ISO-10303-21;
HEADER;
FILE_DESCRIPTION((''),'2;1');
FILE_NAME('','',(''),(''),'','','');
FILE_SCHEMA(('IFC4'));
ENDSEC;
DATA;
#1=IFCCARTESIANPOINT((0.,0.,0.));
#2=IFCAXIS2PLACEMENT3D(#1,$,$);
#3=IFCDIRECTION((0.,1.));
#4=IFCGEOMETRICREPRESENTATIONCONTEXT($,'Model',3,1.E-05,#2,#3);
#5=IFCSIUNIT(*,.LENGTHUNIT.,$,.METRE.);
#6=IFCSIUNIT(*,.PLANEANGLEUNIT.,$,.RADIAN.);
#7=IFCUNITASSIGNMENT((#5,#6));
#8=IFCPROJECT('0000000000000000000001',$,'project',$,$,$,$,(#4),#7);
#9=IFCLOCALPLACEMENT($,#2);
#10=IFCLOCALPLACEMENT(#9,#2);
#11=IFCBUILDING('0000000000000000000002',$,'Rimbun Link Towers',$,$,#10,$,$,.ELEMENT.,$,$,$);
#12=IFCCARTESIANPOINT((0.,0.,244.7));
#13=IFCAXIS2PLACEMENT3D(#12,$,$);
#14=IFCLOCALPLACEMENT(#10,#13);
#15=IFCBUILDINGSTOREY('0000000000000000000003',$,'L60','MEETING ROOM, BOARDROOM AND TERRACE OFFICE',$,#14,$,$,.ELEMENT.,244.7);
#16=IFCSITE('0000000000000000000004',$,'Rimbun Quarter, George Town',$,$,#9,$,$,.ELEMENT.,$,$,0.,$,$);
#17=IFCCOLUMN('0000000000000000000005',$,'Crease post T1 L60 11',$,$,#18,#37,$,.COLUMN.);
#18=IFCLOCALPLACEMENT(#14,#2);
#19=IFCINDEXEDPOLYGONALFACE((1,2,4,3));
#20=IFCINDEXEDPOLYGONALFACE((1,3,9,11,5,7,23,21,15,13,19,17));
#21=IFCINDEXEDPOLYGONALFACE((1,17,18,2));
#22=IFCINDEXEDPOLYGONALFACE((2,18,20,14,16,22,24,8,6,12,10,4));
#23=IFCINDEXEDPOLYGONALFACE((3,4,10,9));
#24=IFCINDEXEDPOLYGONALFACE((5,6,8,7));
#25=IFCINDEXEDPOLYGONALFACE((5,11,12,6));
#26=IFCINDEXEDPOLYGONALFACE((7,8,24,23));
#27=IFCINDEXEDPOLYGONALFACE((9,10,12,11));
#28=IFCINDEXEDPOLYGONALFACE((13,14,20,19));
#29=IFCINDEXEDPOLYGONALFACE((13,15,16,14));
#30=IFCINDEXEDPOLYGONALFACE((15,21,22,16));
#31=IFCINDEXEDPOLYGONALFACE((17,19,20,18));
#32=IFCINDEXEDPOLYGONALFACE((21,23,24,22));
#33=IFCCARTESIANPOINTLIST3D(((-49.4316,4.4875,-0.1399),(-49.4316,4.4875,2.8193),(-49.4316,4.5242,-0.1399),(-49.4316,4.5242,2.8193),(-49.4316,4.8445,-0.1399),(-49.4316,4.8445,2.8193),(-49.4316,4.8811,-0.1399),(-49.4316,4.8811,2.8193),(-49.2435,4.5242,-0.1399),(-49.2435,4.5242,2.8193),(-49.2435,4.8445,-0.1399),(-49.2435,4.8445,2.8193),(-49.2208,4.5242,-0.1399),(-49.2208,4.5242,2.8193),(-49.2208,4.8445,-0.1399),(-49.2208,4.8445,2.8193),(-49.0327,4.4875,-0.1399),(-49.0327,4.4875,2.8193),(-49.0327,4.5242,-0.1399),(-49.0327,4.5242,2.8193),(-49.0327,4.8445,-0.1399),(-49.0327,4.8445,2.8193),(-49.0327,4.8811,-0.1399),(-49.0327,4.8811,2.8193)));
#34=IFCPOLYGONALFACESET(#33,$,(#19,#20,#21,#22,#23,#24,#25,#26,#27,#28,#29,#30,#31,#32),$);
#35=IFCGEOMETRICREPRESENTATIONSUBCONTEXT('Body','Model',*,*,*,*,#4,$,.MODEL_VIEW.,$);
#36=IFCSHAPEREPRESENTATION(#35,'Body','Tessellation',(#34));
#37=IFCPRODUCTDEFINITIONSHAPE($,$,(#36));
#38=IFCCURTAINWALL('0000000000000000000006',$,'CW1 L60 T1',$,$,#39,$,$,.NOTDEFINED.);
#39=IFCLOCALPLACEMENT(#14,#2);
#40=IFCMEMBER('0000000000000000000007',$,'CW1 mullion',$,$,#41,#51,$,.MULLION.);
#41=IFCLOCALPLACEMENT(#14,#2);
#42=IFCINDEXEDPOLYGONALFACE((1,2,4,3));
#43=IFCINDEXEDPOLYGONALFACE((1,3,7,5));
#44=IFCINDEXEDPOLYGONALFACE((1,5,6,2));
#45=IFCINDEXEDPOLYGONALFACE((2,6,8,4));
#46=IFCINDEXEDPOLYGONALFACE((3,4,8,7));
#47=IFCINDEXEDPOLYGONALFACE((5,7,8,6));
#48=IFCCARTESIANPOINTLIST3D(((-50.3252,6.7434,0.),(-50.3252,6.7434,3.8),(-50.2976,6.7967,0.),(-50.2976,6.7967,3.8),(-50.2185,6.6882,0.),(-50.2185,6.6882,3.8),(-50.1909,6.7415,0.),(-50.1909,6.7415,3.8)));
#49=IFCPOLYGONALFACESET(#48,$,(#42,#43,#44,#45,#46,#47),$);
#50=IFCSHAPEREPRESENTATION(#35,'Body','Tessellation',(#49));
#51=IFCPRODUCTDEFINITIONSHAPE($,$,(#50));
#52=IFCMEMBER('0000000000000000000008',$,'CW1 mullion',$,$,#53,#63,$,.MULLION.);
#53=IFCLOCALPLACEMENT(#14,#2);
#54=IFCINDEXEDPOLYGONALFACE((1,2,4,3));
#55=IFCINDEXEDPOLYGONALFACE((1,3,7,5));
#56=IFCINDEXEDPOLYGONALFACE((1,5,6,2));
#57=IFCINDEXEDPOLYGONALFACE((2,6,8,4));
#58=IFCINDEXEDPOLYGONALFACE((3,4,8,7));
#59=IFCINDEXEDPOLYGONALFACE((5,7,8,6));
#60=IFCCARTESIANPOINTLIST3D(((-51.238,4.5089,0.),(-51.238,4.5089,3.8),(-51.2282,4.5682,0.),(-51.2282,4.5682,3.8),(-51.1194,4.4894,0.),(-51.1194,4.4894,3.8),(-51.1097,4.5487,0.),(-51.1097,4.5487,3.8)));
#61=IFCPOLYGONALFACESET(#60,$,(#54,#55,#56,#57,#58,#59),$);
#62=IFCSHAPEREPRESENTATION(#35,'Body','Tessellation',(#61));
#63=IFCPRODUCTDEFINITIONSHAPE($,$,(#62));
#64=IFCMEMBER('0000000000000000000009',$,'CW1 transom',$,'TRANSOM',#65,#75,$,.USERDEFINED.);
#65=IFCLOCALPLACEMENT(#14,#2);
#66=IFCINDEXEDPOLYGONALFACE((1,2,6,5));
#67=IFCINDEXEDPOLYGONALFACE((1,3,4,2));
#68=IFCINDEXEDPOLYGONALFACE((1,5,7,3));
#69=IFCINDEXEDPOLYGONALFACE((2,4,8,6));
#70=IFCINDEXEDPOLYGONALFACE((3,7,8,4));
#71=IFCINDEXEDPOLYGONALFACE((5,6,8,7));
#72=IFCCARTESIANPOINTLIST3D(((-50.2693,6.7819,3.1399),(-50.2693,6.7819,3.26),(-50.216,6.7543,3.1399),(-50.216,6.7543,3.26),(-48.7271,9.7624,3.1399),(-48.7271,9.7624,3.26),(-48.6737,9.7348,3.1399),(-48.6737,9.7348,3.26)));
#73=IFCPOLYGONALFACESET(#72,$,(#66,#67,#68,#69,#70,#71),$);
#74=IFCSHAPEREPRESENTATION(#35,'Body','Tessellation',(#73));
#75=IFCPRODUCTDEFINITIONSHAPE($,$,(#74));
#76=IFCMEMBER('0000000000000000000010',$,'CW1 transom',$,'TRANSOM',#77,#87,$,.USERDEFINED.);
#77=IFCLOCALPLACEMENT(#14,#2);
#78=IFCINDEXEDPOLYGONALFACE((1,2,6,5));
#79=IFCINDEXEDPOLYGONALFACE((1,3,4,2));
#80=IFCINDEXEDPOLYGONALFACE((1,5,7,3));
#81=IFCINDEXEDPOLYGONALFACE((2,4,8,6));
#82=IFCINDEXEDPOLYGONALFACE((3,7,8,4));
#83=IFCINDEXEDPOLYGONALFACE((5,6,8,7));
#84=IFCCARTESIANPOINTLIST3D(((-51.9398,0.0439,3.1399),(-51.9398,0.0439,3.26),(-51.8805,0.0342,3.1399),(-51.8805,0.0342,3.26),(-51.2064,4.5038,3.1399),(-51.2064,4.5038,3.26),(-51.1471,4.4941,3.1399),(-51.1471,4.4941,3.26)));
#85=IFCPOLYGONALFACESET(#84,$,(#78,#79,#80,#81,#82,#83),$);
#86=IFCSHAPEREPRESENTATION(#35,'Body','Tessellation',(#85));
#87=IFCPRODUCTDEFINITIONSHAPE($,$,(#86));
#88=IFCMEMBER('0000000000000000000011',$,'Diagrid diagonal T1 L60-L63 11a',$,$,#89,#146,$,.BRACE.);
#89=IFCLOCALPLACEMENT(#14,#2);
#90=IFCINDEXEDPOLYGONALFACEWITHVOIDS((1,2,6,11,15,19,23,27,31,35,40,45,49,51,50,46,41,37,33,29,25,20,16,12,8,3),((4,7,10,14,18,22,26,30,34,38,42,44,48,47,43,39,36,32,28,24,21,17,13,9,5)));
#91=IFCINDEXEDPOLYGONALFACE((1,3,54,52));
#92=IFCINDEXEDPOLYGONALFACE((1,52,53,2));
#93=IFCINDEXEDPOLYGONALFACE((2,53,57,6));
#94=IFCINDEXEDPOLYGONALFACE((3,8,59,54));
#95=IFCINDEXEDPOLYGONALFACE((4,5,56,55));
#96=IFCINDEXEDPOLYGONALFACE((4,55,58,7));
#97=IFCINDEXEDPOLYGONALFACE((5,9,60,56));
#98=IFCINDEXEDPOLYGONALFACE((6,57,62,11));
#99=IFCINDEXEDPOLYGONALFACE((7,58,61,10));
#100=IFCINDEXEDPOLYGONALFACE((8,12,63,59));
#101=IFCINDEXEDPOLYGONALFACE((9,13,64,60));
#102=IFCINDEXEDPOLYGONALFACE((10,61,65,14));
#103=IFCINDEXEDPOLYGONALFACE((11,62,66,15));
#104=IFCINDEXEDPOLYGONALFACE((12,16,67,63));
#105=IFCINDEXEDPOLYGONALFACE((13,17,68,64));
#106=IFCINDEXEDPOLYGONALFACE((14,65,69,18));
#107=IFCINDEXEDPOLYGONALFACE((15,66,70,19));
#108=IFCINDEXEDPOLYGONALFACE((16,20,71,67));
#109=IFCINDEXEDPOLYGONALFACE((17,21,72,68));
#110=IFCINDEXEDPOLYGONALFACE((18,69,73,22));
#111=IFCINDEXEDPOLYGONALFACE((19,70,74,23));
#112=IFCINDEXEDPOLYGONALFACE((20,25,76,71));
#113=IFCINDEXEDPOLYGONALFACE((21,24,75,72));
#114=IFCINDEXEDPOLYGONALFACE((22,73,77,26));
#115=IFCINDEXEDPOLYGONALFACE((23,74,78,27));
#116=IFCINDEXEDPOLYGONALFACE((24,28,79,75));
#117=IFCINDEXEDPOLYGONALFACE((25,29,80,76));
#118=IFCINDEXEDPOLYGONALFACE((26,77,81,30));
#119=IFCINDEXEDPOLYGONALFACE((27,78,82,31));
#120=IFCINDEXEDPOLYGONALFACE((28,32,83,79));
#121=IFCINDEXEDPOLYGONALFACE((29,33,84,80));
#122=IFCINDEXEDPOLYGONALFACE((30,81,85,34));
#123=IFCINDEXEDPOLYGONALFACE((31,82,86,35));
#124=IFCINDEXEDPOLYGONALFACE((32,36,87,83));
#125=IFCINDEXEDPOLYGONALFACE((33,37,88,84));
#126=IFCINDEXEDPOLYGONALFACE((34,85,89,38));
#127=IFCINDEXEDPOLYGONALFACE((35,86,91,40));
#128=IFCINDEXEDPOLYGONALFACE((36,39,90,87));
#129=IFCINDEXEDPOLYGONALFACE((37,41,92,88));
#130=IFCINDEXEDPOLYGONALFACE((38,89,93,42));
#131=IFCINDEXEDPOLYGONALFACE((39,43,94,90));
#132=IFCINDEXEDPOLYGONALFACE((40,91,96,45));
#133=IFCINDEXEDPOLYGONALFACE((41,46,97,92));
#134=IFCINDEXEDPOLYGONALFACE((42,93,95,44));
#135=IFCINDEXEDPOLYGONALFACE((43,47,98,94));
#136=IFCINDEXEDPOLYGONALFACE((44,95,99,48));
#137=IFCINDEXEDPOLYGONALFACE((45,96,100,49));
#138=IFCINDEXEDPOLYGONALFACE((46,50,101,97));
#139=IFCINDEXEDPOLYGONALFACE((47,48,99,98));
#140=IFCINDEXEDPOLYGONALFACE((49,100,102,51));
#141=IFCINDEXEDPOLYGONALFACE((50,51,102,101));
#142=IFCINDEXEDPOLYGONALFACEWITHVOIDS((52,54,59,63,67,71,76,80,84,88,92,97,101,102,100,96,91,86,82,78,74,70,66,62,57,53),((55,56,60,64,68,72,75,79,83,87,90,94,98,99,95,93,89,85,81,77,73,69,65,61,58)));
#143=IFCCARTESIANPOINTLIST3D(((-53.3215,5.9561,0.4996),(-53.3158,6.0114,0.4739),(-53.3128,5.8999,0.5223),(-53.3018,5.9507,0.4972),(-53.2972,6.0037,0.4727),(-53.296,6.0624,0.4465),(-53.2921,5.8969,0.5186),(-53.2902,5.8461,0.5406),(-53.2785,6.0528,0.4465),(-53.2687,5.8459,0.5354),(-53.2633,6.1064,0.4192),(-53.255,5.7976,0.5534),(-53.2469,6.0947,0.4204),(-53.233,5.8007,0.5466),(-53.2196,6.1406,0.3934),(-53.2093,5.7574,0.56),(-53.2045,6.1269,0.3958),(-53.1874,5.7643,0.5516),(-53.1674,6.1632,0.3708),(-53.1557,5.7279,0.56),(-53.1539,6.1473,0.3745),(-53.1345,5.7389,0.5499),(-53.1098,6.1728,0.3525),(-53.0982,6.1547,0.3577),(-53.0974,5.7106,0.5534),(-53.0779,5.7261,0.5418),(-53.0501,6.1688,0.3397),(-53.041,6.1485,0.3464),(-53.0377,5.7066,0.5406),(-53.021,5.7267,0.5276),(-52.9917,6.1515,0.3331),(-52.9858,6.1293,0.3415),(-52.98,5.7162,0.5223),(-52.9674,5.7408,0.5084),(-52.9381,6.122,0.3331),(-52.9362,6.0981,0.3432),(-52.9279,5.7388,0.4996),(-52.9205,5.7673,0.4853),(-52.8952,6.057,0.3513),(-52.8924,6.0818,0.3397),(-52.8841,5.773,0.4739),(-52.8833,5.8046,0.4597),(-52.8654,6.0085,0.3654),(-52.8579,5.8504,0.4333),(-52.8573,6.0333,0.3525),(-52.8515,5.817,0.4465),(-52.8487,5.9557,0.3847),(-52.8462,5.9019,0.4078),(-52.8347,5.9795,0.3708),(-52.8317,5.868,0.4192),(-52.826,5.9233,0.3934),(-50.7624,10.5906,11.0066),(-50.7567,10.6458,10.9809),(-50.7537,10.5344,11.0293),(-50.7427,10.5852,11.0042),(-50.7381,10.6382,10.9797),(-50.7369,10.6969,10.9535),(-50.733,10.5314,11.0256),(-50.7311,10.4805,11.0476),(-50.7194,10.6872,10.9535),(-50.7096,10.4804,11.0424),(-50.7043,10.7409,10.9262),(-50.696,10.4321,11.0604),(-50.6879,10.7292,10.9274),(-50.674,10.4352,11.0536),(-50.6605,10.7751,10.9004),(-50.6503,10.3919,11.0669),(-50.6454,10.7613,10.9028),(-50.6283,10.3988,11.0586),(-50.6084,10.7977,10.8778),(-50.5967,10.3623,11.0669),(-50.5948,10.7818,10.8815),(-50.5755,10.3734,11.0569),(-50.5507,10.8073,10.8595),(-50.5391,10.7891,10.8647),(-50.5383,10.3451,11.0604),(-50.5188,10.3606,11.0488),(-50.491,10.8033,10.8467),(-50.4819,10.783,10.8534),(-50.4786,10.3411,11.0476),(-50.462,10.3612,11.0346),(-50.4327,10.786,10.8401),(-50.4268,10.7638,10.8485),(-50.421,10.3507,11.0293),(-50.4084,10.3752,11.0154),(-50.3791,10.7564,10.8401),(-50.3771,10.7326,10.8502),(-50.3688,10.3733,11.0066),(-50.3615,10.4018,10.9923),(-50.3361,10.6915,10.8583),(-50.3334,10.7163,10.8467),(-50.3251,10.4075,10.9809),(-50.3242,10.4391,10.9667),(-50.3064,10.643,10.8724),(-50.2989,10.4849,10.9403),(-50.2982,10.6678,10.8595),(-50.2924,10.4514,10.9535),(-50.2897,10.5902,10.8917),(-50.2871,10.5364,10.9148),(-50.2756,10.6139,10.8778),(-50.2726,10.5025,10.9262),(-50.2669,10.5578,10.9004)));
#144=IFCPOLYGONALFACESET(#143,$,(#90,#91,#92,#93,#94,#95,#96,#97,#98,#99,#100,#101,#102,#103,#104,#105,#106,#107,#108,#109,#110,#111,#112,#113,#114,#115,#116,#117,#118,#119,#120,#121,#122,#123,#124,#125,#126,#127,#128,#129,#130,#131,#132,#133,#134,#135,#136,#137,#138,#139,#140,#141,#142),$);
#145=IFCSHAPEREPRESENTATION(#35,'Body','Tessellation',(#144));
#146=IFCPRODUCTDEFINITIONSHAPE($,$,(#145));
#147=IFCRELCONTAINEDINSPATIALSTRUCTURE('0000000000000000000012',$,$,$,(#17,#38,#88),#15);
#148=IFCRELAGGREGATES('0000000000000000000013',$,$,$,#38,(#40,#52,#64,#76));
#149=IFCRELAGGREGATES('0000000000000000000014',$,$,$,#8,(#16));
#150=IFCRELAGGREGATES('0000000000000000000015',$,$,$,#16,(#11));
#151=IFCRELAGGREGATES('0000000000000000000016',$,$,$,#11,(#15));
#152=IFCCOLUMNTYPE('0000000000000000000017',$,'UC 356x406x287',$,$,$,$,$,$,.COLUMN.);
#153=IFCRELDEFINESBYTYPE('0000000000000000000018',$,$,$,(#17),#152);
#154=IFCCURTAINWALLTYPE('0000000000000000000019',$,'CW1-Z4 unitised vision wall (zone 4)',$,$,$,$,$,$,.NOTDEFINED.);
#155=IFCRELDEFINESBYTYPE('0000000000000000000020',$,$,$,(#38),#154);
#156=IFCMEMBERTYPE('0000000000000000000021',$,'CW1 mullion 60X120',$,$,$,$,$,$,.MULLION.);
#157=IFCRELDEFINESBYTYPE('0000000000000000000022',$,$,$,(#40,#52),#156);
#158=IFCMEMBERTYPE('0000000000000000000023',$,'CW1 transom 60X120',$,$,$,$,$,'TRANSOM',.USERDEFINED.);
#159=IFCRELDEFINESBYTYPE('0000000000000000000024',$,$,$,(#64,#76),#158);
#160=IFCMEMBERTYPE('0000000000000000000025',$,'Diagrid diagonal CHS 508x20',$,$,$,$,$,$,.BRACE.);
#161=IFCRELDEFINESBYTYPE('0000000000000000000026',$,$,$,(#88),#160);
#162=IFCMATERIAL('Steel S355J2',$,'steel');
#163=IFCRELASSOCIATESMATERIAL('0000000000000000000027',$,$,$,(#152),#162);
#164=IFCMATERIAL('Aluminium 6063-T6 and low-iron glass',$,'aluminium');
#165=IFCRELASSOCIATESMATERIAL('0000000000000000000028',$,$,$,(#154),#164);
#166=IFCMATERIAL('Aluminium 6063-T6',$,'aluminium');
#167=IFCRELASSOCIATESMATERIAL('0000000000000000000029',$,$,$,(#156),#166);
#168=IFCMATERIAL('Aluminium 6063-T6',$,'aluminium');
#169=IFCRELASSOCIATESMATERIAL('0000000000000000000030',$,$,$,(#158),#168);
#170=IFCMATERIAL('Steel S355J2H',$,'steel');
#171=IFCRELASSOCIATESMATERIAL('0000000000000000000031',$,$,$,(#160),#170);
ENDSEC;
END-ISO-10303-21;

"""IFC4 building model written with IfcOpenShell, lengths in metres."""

from ifc_helpers import new_model, si_unit, direction, frame, origin, origin_2d, place, context, subcontext, project, spatial, rectangle, hollow_circle, i_section, extrude, material, material_profile, profile_set, type_object, element, aggregate, save


model = new_model("IFC4")

# Units and contexts
model_context = context("Model", 3, precision=1e-05, world=origin(), true_north=direction((0.0, 1.0)))
body_context = subcontext(model_context, "Body", "Model", "MODEL_VIEW")
ifc_project = project(units=[si_unit("LENGTHUNIT", "METRE"), si_unit("PLANEANGLEUNIT", "RADIAN")], contexts=[model_context])

# Site, building, storey
site_placement = place(None, origin())
site = spatial("IfcSite", under=ifc_project, at=site_placement, Name="Rimbun Quarter, George Town", CompositionType="ELEMENT", RefElevation=0.0)
building_placement = place(site_placement, origin())
building = spatial("IfcBuilding", under=site, at=building_placement, Name="Rimbun Link Towers", CompositionType="ELEMENT")
storey_placement = place(building_placement, frame((0.0, 0.0, 244.7)))
storey = spatial("IfcBuildingStorey", under=building, at=storey_placement, Name="L60", Description="MEETING ROOM, BOARDROOM AND TERRACE OFFICE", CompositionType="ELEMENT", Elevation=244.7)

# Column
ifc_material_1 = material(Name="Steel S355J2", Category="steel")
ifc_material_profile_1 = material_profile(ifc_material_1, i_section(OverallWidth=0.3989, OverallDepth=0.3936, WebThickness=0.0227, FlangeThickness=0.0366, at=origin_2d()), Name="UC 356x406x287")
ifc_profile_set_1 = profile_set([ifc_material_profile_1], Name="Steel S355J2")
column_type = type_object("IfcColumnType", Name="UC 356x406x287", PredefinedType="COLUMN", material=ifc_profile_set_1)
column_placement = place(storey_placement, frame((-49.2322, 4.6843, -0.1399), z_axis=(0.0, 0.0, 1.0), x_axis=(1.0, 0.0, 0.0)))
element("IfcColumn", 1, at=column_placement, inside=storey, type_object=column_type, Name="Crease post T1 L60 11", PredefinedType="COLUMN", context=body_context, shape_type="SweptSolid", body=[
    extrude(i_section(OverallWidth=0.3989, OverallDepth=0.3936, WebThickness=0.0227, FlangeThickness=0.0366, at=origin_2d()), origin(), (0.0, 0.0, 1.0), 2.9592),
])

# Curtain wall, members
ifc_material_2 = material(Name="Aluminium 6063-T6 and low-iron glass", Category="aluminium")
curtain_wall_type = type_object("IfcCurtainWallType", Name="CW1-Z4 unitised vision wall (zone 4)", PredefinedType="NOTDEFINED", material=ifc_material_2)
curtain_wall_placement = place(storey_placement, origin())
curtain_wall = element("IfcCurtainWall", 2, at=curtain_wall_placement, inside=storey, type_object=curtain_wall_type, Name="CW1 L60 T1", PredefinedType="NOTDEFINED")
ifc_material_3 = material(Name="Aluminium 6063-T6", Category="aluminium")
ifc_material_profile_2 = material_profile(ifc_material_3, rectangle(XDim=0.1201, YDim=0.0601, at=origin_2d()), Name="MULLION 60X120")
ifc_profile_set_2 = profile_set([ifc_material_profile_2], Name="Aluminium 6063-T6")
member_type_1 = type_object("IfcMemberType", Name="CW1 mullion 60X120", PredefinedType="MULLION", material=ifc_profile_set_2)
member_1_placement = place(storey_placement, frame((-50.2581, 6.7424, 0.0), z_axis=(0.0, 0.0, 1.0), x_axis=(-0.888151, 0.459552, 0.0)))
member_1 = element("IfcMember", 3, at=member_1_placement, type_object=member_type_1, Name="CW1 mullion", PredefinedType="MULLION", context=body_context, shape_type="SweptSolid", body=[
    extrude(rectangle(XDim=0.1201, YDim=0.0601, at=origin_2d()), origin(), (0.0, 0.0, 1.0), 3.8),
])
member_2_placement = place(storey_placement, frame((-51.1738, 4.5288, 0.0), z_axis=(0.0, 0.0, 1.0), x_axis=(-0.986748, 0.162262, 0.0)))
member_2 = element("IfcMember", 4, at=member_2_placement, type_object=member_type_1, Name="CW1 mullion", PredefinedType="MULLION", context=body_context, shape_type="SweptSolid", body=[
    extrude(rectangle(XDim=0.1201, YDim=0.0601, at=origin_2d()), origin(), (0.0, 0.0, 1.0), 3.8),
])
ifc_material_4 = material(Name="Aluminium 6063-T6", Category="aluminium")
ifc_material_profile_3 = material_profile(ifc_material_4, rectangle(XDim=0.0601, YDim=0.1201, at=origin_2d()), Name="TRANSOM 60X120")
ifc_profile_set_3 = profile_set([ifc_material_profile_3], Name="Aluminium 6063-T6")
member_type_2 = type_object("IfcMemberType", Name="CW1 transom 60X120", ElementType="TRANSOM", PredefinedType="USERDEFINED", material=ifc_profile_set_3)
member_3_placement = place(storey_placement, frame((-50.2427, 6.7681, 3.2), z_axis=(0.459567, 0.888143, 0.0), x_axis=(-0.888143, 0.459567, 0.0)))
member_3 = element("IfcMember", 5, at=member_3_placement, type_object=member_type_2, Name="CW1 transom", ObjectType="TRANSOM", PredefinedType="USERDEFINED", context=body_context, shape_type="SweptSolid", body=[
    extrude(rectangle(XDim=0.0601, YDim=0.1201, at=origin_2d()), origin(), (0.0, 0.0, 1.0), 3.356),
])
member_4_placement = place(storey_placement, frame((-51.9102, 0.0391, 3.2), z_axis=(0.162261, 0.986748, 0.0), x_axis=(-0.986748, 0.162261, 0.0)))
member_4 = element("IfcMember", 6, at=member_4_placement, type_object=member_type_2, Name="CW1 transom", ObjectType="TRANSOM", PredefinedType="USERDEFINED", context=body_context, shape_type="SweptSolid", body=[
    extrude(rectangle(XDim=0.0601, YDim=0.1201, at=origin_2d()), origin(), (0.0, 0.0, 1.0), 4.5198),
])

# Member
ifc_material_5 = material(Name="Steel S355J2H", Category="steel")
ifc_material_profile_4 = material_profile(ifc_material_5, hollow_circle(Radius=0.2539, WallThickness=0.02, at=origin_2d()), Name="Diagrid diagonal CHS 508x20")
ifc_profile_set_4 = profile_set([ifc_material_profile_4], Name="Steel S355J2H")
member_type_3 = type_object("IfcMemberType", Name="Diagrid diagonal CHS 508x20", PredefinedType="BRACE", material=ifc_profile_set_4)
member_5_placement = place(storey_placement, frame((-53.0737, 5.9397, 0.4465), z_axis=(0.217508, 0.393909, 0.893043), x_axis=(-0.875409, 0.483382, 0.0)))
element("IfcMember", 7, at=member_5_placement, inside=storey, type_object=member_type_3, Name="Diagrid diagonal T1 L60-L63 11a", PredefinedType="BRACE", context=body_context, shape_type="SweptSolid", body=[
    extrude(hollow_circle(Radius=0.2539, WallThickness=0.02, at=origin_2d()), origin(), (0.0, 0.0, 1.0), 11.7654),
])

aggregate(curtain_wall, [member_1, member_2, member_3, member_4])

save(model, "model.ifc")
